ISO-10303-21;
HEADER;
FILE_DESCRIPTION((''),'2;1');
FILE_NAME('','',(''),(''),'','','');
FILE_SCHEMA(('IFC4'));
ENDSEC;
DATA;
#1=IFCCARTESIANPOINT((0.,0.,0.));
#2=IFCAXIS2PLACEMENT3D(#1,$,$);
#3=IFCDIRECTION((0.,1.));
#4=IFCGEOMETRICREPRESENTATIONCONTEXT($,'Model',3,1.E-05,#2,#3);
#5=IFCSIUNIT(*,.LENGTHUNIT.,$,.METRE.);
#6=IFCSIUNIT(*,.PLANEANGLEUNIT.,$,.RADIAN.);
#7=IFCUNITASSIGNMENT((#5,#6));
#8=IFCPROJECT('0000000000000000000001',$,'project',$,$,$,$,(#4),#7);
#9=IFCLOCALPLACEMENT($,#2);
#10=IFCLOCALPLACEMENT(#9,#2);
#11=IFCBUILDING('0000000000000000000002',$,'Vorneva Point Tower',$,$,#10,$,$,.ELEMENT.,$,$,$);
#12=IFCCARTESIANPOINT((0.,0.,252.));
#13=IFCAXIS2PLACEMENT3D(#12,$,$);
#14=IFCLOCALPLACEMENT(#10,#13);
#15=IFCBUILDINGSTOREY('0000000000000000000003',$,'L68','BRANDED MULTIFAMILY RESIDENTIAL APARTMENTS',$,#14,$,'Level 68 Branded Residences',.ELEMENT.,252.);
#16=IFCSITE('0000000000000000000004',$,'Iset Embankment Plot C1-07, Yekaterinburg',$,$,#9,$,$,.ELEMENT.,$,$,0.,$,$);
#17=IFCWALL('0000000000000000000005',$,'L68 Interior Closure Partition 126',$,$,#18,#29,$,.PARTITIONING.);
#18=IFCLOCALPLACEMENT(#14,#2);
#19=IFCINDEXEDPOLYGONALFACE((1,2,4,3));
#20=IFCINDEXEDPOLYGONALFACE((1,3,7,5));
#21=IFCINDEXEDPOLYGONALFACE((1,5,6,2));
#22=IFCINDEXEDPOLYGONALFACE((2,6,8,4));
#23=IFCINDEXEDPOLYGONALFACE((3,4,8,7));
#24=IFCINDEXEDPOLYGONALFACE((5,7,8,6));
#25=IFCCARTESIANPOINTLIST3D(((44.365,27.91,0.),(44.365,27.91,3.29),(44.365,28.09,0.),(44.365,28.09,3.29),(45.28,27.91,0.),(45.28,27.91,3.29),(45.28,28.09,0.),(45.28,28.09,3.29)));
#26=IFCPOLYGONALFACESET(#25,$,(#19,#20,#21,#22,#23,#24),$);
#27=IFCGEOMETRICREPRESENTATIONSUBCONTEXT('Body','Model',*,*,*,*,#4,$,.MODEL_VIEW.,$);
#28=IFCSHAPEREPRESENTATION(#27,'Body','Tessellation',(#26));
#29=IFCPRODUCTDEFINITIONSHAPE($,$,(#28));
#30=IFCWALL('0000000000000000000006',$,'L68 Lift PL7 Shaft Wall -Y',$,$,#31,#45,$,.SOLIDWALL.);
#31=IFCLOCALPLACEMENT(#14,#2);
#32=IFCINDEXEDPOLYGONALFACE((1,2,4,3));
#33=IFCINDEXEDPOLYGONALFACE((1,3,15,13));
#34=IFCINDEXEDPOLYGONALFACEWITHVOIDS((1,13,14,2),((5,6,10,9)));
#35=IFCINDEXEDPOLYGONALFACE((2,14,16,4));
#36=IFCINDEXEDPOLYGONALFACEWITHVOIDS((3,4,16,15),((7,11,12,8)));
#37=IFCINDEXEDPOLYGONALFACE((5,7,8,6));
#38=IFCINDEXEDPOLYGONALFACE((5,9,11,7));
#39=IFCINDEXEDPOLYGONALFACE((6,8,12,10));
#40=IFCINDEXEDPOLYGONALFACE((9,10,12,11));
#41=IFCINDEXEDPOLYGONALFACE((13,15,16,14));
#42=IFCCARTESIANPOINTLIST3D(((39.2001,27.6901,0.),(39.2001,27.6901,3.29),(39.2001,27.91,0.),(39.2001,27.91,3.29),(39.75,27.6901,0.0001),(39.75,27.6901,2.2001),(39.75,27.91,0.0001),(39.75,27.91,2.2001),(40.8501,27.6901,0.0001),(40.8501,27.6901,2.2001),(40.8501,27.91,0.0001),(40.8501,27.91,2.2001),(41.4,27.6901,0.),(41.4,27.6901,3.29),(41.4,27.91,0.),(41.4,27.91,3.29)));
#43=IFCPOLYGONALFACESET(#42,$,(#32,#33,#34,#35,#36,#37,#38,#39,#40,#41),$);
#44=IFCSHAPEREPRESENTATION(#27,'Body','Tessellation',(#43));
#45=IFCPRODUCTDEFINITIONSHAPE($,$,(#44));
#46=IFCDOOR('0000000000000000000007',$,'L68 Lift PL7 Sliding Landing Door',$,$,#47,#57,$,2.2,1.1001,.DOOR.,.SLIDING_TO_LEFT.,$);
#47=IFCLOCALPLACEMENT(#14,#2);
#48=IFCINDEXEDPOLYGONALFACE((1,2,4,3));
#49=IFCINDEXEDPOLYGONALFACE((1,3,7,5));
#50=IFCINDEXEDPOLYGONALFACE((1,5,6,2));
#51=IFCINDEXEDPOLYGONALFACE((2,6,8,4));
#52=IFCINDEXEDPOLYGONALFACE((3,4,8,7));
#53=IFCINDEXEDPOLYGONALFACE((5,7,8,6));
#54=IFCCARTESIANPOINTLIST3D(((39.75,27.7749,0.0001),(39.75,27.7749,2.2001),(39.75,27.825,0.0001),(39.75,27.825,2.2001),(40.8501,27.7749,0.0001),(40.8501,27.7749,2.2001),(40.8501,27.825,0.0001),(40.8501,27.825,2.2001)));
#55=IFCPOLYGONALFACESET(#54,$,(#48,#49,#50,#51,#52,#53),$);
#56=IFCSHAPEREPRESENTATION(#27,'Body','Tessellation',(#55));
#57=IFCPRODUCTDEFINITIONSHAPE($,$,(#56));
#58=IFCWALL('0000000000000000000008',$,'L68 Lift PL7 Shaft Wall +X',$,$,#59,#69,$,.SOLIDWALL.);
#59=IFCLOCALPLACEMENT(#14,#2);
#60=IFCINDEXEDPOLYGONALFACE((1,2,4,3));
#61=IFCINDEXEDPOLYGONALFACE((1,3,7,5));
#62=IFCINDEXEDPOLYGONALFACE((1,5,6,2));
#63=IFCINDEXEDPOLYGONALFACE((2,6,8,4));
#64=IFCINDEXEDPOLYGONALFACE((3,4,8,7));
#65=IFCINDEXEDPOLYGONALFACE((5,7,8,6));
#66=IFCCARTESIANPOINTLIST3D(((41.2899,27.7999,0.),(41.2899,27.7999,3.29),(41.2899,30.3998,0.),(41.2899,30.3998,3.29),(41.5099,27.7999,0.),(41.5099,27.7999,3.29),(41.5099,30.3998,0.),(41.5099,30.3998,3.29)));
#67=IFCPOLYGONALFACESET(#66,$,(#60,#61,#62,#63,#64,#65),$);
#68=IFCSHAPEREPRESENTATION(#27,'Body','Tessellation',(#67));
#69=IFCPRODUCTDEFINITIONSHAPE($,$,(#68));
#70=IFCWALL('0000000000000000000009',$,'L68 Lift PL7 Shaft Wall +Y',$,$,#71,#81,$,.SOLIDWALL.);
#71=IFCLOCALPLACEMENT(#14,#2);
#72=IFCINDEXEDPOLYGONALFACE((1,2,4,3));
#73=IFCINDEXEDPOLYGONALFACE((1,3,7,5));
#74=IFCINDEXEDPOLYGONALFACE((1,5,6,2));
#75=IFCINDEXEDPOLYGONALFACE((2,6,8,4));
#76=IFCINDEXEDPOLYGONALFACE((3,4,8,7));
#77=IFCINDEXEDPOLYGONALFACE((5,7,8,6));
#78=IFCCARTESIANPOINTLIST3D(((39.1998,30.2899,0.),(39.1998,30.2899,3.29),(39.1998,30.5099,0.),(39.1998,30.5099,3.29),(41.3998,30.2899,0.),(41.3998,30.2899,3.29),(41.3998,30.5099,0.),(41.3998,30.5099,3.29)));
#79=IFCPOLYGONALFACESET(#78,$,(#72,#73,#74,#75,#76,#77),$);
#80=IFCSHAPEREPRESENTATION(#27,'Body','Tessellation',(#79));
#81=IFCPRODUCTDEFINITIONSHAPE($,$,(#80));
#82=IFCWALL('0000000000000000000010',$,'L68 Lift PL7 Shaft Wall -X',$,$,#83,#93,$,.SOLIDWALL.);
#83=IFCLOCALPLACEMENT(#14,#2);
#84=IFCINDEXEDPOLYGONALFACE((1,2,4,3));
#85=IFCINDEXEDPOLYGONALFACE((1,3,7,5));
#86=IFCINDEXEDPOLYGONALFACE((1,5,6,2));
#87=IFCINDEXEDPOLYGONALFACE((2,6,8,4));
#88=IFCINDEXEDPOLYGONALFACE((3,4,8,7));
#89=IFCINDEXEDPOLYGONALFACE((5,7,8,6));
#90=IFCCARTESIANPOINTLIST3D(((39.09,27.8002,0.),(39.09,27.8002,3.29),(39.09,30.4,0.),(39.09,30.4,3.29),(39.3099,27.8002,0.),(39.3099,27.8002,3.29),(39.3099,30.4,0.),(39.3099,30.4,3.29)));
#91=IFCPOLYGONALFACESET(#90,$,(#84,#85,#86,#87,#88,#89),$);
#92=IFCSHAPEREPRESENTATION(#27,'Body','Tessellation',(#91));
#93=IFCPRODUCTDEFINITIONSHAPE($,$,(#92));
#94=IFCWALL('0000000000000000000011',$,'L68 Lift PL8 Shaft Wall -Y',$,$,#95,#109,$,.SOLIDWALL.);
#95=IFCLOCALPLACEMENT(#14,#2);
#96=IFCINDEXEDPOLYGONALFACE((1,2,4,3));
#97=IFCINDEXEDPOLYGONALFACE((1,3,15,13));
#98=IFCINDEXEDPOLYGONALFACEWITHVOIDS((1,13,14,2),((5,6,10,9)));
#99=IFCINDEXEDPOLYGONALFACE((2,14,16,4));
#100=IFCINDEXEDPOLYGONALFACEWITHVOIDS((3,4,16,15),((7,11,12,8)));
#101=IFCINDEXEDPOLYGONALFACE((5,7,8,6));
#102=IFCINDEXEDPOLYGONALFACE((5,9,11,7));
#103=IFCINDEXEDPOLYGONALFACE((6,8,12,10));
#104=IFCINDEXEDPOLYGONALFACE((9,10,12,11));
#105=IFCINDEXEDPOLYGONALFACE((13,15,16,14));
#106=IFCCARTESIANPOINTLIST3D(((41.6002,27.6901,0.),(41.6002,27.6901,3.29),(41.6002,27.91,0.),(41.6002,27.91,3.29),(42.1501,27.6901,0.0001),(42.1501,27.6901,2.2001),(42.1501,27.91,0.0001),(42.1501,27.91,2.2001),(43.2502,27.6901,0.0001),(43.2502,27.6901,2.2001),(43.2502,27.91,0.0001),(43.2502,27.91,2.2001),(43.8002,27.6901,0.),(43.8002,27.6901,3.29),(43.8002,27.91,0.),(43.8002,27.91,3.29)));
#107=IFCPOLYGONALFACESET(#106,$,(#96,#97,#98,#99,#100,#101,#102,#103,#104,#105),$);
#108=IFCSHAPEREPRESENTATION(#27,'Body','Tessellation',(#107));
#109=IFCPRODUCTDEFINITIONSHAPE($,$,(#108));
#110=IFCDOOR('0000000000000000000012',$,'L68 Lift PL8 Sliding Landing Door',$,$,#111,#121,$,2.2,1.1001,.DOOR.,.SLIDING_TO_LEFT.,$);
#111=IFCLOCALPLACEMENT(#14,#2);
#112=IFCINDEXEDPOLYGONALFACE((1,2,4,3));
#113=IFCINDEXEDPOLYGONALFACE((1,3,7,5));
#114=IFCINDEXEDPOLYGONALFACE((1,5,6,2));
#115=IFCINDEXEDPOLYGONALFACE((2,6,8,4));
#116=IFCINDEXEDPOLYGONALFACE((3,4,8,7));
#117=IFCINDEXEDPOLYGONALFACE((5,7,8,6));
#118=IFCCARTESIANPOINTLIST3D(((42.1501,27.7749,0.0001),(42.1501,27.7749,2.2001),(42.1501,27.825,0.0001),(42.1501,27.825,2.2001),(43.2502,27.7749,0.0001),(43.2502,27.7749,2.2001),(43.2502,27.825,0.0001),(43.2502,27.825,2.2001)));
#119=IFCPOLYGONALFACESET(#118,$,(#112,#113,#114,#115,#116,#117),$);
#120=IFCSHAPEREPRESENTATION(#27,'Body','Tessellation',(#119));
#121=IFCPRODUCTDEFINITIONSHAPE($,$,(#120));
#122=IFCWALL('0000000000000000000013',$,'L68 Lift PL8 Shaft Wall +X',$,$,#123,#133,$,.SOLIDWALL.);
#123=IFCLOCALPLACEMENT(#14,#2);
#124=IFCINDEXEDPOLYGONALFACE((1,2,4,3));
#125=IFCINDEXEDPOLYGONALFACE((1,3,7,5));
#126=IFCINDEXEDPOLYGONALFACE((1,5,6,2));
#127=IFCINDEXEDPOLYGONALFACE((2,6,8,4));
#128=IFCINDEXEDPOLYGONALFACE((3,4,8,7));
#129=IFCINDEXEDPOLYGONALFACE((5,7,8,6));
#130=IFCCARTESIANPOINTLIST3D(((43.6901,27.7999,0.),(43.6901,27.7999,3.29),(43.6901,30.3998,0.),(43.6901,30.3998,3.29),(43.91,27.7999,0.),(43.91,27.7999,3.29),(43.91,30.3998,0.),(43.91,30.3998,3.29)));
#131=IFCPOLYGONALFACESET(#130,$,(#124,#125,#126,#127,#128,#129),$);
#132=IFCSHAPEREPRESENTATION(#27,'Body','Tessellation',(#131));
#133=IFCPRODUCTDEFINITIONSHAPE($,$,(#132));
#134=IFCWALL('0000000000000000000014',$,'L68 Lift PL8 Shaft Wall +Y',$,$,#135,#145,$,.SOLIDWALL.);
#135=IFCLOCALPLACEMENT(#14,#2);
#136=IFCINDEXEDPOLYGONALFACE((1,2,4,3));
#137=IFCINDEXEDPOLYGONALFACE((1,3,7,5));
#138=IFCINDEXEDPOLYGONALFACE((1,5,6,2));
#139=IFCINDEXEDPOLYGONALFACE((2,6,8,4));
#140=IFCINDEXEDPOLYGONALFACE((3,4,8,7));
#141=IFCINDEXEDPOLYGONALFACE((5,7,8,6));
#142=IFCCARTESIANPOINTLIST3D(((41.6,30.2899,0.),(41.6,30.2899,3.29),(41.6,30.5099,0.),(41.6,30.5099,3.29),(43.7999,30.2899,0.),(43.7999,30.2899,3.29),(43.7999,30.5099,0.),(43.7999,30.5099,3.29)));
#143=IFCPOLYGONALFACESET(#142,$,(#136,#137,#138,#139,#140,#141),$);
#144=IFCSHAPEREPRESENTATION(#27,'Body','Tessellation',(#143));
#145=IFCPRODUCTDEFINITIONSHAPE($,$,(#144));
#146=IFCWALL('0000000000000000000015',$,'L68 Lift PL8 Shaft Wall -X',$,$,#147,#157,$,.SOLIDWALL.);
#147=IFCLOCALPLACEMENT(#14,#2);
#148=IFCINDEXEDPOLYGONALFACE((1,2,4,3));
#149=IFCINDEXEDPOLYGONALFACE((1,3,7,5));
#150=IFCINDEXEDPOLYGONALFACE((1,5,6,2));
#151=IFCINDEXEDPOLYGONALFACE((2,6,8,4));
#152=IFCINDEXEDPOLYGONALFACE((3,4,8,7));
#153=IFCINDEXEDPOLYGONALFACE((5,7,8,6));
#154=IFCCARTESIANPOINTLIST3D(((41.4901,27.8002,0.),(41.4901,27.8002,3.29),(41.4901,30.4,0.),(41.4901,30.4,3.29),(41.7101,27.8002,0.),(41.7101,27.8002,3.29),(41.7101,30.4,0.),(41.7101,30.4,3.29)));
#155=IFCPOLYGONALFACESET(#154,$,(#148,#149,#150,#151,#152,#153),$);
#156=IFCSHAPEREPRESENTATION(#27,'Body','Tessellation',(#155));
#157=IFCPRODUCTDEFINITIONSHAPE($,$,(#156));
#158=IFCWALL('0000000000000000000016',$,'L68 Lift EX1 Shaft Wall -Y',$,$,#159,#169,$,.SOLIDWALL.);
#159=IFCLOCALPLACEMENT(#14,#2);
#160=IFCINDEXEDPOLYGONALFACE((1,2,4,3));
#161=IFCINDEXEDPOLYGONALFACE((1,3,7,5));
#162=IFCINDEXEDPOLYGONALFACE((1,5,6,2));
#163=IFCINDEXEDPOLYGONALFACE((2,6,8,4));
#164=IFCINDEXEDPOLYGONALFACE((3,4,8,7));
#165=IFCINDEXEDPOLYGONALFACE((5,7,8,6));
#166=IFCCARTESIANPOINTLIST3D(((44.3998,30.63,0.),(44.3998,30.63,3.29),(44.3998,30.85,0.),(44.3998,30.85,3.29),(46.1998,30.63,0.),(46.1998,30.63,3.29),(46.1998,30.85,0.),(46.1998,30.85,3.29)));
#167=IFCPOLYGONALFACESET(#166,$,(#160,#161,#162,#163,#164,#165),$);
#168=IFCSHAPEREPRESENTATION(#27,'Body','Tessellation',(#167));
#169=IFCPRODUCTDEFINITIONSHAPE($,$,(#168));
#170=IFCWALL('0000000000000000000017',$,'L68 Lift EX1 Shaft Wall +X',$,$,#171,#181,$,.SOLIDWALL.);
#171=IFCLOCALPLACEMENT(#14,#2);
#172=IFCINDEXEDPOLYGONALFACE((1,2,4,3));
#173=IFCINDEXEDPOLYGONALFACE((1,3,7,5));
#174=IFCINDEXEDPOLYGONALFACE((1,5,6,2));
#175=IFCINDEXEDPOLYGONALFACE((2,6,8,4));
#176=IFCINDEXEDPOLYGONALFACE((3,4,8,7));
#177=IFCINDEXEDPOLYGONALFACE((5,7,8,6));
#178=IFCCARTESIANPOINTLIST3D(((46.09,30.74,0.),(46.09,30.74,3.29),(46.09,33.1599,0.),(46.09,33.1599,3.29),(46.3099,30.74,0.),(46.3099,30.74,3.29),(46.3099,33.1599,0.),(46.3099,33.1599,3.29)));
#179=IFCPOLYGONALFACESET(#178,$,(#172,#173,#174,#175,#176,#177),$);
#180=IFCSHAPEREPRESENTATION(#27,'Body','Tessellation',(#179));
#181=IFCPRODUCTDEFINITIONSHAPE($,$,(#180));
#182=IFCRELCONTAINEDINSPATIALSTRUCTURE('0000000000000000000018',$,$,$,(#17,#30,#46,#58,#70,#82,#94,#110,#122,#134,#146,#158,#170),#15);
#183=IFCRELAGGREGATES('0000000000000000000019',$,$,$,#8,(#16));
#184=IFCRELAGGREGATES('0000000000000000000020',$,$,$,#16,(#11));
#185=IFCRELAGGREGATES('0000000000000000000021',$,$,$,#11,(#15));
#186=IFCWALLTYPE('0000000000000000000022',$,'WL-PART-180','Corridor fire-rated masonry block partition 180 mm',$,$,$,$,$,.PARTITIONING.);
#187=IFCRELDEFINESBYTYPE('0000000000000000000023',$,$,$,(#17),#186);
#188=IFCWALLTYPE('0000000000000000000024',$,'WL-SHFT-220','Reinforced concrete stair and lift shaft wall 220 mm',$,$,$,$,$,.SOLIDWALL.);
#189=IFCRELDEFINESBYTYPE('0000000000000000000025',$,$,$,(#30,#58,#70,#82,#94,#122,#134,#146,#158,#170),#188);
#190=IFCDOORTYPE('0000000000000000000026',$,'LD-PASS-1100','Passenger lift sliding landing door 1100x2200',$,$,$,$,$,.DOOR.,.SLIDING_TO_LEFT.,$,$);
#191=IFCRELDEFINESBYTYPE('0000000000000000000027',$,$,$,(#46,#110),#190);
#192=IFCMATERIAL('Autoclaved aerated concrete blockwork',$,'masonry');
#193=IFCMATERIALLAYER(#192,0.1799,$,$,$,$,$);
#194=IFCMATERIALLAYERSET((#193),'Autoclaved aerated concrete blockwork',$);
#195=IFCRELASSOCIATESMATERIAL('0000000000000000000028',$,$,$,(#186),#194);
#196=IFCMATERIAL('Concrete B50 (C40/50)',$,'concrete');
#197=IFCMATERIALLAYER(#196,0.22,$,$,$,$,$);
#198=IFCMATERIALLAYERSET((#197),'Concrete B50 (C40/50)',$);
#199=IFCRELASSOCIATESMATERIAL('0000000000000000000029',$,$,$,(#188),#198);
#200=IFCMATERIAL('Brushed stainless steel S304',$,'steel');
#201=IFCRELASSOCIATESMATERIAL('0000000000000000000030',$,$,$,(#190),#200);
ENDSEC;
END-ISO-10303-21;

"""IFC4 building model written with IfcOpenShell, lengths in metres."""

from ifc_helpers import new_model, si_unit, direction, frame, frame_2d, origin, place, context, subcontext, project, spatial, rectangle, extrude, material, layer, layer_set, type_object, element, fill, save


model = new_model("IFC4")

# Units and contexts
model_context = context("Model", 3, precision=1e-05, world=origin(), true_north=direction((0.0, 1.0)))
body_context = subcontext(model_context, "Body", "Model", "MODEL_VIEW")
ifc_project = project(units=[si_unit("LENGTHUNIT", "METRE"), si_unit("PLANEANGLEUNIT", "RADIAN")], contexts=[model_context])

# Site, building, storey
site_placement = place(None, origin())
site = spatial("IfcSite", under=ifc_project, at=site_placement, Name="Iset Embankment Plot C1-07, Yekaterinburg", CompositionType="ELEMENT", RefElevation=0.0)
building_placement = place(site_placement, origin())
building = spatial("IfcBuilding", under=site, at=building_placement, Name="Vorneva Point Tower", CompositionType="ELEMENT")
storey_placement = place(building_placement, frame((0.0, 0.0, 252.0)))
storey = spatial("IfcBuildingStorey", under=building, at=storey_placement, Name="L68", Description="BRANDED MULTIFAMILY RESIDENTIAL APARTMENTS", LongName="Level 68 Branded Residences", CompositionType="ELEMENT", Elevation=252.0)

# Shared definitions
ifc_material_1 = material(Name="Concrete B50 (C40/50)", Category="concrete")

# Shared definitions
ifc_material_2 = material(Name="Brushed stainless steel S304", Category="steel")

# Shared definitions
ifc_material_3 = material(Name="Autoclaved aerated concrete blockwork", Category="masonry")
ifc_layer_1 = layer(ifc_material_3, 0.1799)
ifc_layer_set_1 = layer_set([ifc_layer_1], Name="Autoclaved aerated concrete blockwork")
wall_type_1 = type_object("IfcWallType", Name="WL-PART-180", Description="Corridor fire-rated masonry block partition 180 mm", PredefinedType="PARTITIONING", material=ifc_layer_set_1)

# Wall
wall_1_placement = place(storey_placement, frame((45.28, 28.0, 0.0), z_axis=(0.0, 0.0, 1.0), x_axis=(-1.0, 0.0, 0.0)))
element("IfcWall", 1, at=wall_1_placement, inside=storey, type_object=wall_type_1, Name="L68 Interior Closure Partition 126", PredefinedType="PARTITIONING", context=body_context, shape_type="SweptSolid", body=[
    extrude(rectangle(XDim=0.915, YDim=0.1799, at=frame_2d((0.4575, 0.0))), origin(), (0.0, 0.0, 1.0), 3.29),
])

# Wall, opening, door
ifc_layer_2 = layer(ifc_material_1, 0.22)
ifc_layer_set_2 = layer_set([ifc_layer_2], Name="Concrete B50 (C40/50)")
wall_type_2 = type_object("IfcWallType", Name="WL-SHFT-220", Description="Reinforced concrete stair and lift shaft wall 220 mm", PredefinedType="SOLIDWALL", material=ifc_layer_set_2)
wall_2_placement = place(storey_placement, frame((39.2, 27.8, 0.0), z_axis=(0.0, 0.0, 1.0), x_axis=(1.0, 0.0, 0.0)))
wall_2 = element("IfcWall", 2, at=wall_2_placement, inside=storey, type_object=wall_type_2, Name="L68 Lift PL7 Shaft Wall -Y", PredefinedType="SOLIDWALL", context=body_context, shape_type="SweptSolid", body=[
    extrude(rectangle(XDim=2.2, YDim=0.22, at=frame_2d((1.1001, 0.0))), origin(), (0.0, 0.0, 1.0), 3.29),
])
opening_1_placement = place(wall_2_placement, frame((0.55, 0.0, 0.0)))
opening_1 = element("IfcOpeningElement", 3, at=opening_1_placement, cuts=wall_2, PredefinedType="OPENING", context=body_context, shape_type="SweptSolid", body=[
    extrude(rectangle(XDim=1.1001, YDim=2.2, at=frame_2d((0.55, 1.1001))), frame((0.0, 0.125, 0.0), z_axis=(0.0, -1.0, 0.0), x_axis=(1.0, 0.0, 0.0)), (0.0, 0.0, 1.0), 0.2498),
])
door_type_1 = type_object("IfcDoorType", Name="LD-PASS-1100", Description="Passenger lift sliding landing door 1100x2200", OperationType="SLIDING_TO_LEFT", PredefinedType="DOOR", material=ifc_material_2)
door_1_placement = place(opening_1_placement, origin())
door_1 = element("IfcDoor", 4, at=door_1_placement, inside=storey, type_object=door_type_1, Name="L68 Lift PL7 Sliding Landing Door", OperationType="SLIDING_TO_LEFT", OverallHeight=2.2, OverallWidth=1.1001, PredefinedType="DOOR", context=body_context, shape_type="SweptSolid", body=[
    extrude(rectangle(XDim=1.1001, YDim=2.2, at=frame_2d((0.55, 1.1001))), frame((0.0, 0.0249, 0.0), z_axis=(0.0, -1.0, 0.0), x_axis=(1.0, 0.0, 0.0)), (0.0, 0.0, 1.0), 0.05),
])
fill(opening_1, door_1)

# Walls
wall_3_placement = place(storey_placement, frame((41.3999, 27.8, 0.0), z_axis=(0.0, 0.0, 1.0), x_axis=(0.0, 1.0, 0.0)))
element("IfcWall", 5, at=wall_3_placement, inside=storey, type_object=wall_type_2, Name="L68 Lift PL7 Shaft Wall +X", PredefinedType="SOLIDWALL", context=body_context, shape_type="SweptSolid", body=[
    extrude(rectangle(XDim=2.5999, YDim=0.22, at=frame_2d((1.2998, 0.0))), origin(), (0.0, 0.0, 1.0), 3.29),
])
wall_4_placement = place(storey_placement, frame((41.3999, 30.3999, 0.0), z_axis=(0.0, 0.0, 1.0), x_axis=(-1.0, 0.0, 0.0)))
element("IfcWall", 6, at=wall_4_placement, inside=storey, type_object=wall_type_2, Name="L68 Lift PL7 Shaft Wall +Y", PredefinedType="SOLIDWALL", context=body_context, shape_type="SweptSolid", body=[
    extrude(rectangle(XDim=2.2, YDim=0.22, at=frame_2d((1.1001, 0.0))), origin(), (0.0, 0.0, 1.0), 3.29),
])
wall_5_placement = place(storey_placement, frame((39.2, 30.3999, 0.0), z_axis=(0.0, 0.0, 1.0), x_axis=(0.0, -1.0, 0.0)))
element("IfcWall", 7, at=wall_5_placement, inside=storey, type_object=wall_type_2, Name="L68 Lift PL7 Shaft Wall -X", PredefinedType="SOLIDWALL", context=body_context, shape_type="SweptSolid", body=[
    extrude(rectangle(XDim=2.5999, YDim=0.22, at=frame_2d((1.2998, 0.0))), origin(), (0.0, 0.0, 1.0), 3.29),
])

# Wall, opening, door
wall_6_placement = place(storey_placement, frame((41.6001, 27.8, 0.0), z_axis=(0.0, 0.0, 1.0), x_axis=(1.0, 0.0, 0.0)))
wall_6 = element("IfcWall", 8, at=wall_6_placement, inside=storey, type_object=wall_type_2, Name="L68 Lift PL8 Shaft Wall -Y", PredefinedType="SOLIDWALL", context=body_context, shape_type="SweptSolid", body=[
    extrude(rectangle(XDim=2.2, YDim=0.22, at=frame_2d((1.1001, 0.0))), origin(), (0.0, 0.0, 1.0), 3.29),
])
opening_2_placement = place(wall_6_placement, frame((0.55, 0.0, 0.0)))
opening_2 = element("IfcOpeningElement", 9, at=opening_2_placement, cuts=wall_6, PredefinedType="OPENING", context=body_context, shape_type="SweptSolid", body=[
    extrude(rectangle(XDim=1.1001, YDim=2.2, at=frame_2d((0.55, 1.1001))), frame((0.0, 0.125, 0.0), z_axis=(0.0, -1.0, 0.0), x_axis=(1.0, 0.0, 0.0)), (0.0, 0.0, 1.0), 0.2498),
])
door_2_placement = place(opening_2_placement, origin())
door_2 = element("IfcDoor", 10, at=door_2_placement, inside=storey, type_object=door_type_1, Name="L68 Lift PL8 Sliding Landing Door", OperationType="SLIDING_TO_LEFT", OverallHeight=2.2, OverallWidth=1.1001, PredefinedType="DOOR", context=body_context, shape_type="SweptSolid", body=[
    extrude(rectangle(XDim=1.1001, YDim=2.2, at=frame_2d((0.55, 1.1001))), frame((0.0, 0.0249, 0.0), z_axis=(0.0, -1.0, 0.0), x_axis=(1.0, 0.0, 0.0)), (0.0, 0.0, 1.0), 0.05),
])
fill(opening_2, door_2)

# Walls
wall_7_placement = place(storey_placement, frame((43.8, 27.8, 0.0), z_axis=(0.0, 0.0, 1.0), x_axis=(0.0, 1.0, 0.0)))
element("IfcWall", 11, at=wall_7_placement, inside=storey, type_object=wall_type_2, Name="L68 Lift PL8 Shaft Wall +X", PredefinedType="SOLIDWALL", context=body_context, shape_type="SweptSolid", body=[
    extrude(rectangle(XDim=2.5999, YDim=0.22, at=frame_2d((1.2998, 0.0))), origin(), (0.0, 0.0, 1.0), 3.29),
])
wall_8_placement = place(storey_placement, frame((43.8, 30.3999, 0.0), z_axis=(0.0, 0.0, 1.0), x_axis=(-1.0, 0.0, 0.0)))
element("IfcWall", 12, at=wall_8_placement, inside=storey, type_object=wall_type_2, Name="L68 Lift PL8 Shaft Wall +Y", PredefinedType="SOLIDWALL", context=body_context, shape_type="SweptSolid", body=[
    extrude(rectangle(XDim=2.2, YDim=0.22, at=frame_2d((1.1001, 0.0))), origin(), (0.0, 0.0, 1.0), 3.29),
])
wall_9_placement = place(storey_placement, frame((41.6001, 30.3999, 0.0), z_axis=(0.0, 0.0, 1.0), x_axis=(0.0, -1.0, 0.0)))
element("IfcWall", 13, at=wall_9_placement, inside=storey, type_object=wall_type_2, Name="L68 Lift PL8 Shaft Wall -X", PredefinedType="SOLIDWALL", context=body_context, shape_type="SweptSolid", body=[
    extrude(rectangle(XDim=2.5999, YDim=0.22, at=frame_2d((1.2998, 0.0))), origin(), (0.0, 0.0, 1.0), 3.29),
])
wall_10_placement = place(storey_placement, frame((44.3999, 30.74, 0.0), z_axis=(0.0, 0.0, 1.0), x_axis=(1.0, 0.0, 0.0)))
element("IfcWall", 14, at=wall_10_placement, inside=storey, type_object=wall_type_2, Name="L68 Lift EX1 Shaft Wall -Y", PredefinedType="SOLIDWALL", context=body_context, shape_type="SweptSolid", body=[
    extrude(rectangle(XDim=1.8, YDim=0.22, at=frame_2d((0.8999, 0.0))), origin(), (0.0, 0.0, 1.0), 3.29),
])
wall_11_placement = place(storey_placement, frame((46.2, 30.74, 0.0), z_axis=(0.0, 0.0, 1.0), x_axis=(0.0, 1.0, 0.0)))
element("IfcWall", 15, at=wall_11_placement, inside=storey, type_object=wall_type_2, Name="L68 Lift EX1 Shaft Wall +X", PredefinedType="SOLIDWALL", context=body_context, shape_type="SweptSolid", body=[
    extrude(rectangle(XDim=2.4199, YDim=0.22, at=frame_2d((1.21, 0.0))), origin(), (0.0, 0.0, 1.0), 3.29),
])

save(model, "model.ifc")
